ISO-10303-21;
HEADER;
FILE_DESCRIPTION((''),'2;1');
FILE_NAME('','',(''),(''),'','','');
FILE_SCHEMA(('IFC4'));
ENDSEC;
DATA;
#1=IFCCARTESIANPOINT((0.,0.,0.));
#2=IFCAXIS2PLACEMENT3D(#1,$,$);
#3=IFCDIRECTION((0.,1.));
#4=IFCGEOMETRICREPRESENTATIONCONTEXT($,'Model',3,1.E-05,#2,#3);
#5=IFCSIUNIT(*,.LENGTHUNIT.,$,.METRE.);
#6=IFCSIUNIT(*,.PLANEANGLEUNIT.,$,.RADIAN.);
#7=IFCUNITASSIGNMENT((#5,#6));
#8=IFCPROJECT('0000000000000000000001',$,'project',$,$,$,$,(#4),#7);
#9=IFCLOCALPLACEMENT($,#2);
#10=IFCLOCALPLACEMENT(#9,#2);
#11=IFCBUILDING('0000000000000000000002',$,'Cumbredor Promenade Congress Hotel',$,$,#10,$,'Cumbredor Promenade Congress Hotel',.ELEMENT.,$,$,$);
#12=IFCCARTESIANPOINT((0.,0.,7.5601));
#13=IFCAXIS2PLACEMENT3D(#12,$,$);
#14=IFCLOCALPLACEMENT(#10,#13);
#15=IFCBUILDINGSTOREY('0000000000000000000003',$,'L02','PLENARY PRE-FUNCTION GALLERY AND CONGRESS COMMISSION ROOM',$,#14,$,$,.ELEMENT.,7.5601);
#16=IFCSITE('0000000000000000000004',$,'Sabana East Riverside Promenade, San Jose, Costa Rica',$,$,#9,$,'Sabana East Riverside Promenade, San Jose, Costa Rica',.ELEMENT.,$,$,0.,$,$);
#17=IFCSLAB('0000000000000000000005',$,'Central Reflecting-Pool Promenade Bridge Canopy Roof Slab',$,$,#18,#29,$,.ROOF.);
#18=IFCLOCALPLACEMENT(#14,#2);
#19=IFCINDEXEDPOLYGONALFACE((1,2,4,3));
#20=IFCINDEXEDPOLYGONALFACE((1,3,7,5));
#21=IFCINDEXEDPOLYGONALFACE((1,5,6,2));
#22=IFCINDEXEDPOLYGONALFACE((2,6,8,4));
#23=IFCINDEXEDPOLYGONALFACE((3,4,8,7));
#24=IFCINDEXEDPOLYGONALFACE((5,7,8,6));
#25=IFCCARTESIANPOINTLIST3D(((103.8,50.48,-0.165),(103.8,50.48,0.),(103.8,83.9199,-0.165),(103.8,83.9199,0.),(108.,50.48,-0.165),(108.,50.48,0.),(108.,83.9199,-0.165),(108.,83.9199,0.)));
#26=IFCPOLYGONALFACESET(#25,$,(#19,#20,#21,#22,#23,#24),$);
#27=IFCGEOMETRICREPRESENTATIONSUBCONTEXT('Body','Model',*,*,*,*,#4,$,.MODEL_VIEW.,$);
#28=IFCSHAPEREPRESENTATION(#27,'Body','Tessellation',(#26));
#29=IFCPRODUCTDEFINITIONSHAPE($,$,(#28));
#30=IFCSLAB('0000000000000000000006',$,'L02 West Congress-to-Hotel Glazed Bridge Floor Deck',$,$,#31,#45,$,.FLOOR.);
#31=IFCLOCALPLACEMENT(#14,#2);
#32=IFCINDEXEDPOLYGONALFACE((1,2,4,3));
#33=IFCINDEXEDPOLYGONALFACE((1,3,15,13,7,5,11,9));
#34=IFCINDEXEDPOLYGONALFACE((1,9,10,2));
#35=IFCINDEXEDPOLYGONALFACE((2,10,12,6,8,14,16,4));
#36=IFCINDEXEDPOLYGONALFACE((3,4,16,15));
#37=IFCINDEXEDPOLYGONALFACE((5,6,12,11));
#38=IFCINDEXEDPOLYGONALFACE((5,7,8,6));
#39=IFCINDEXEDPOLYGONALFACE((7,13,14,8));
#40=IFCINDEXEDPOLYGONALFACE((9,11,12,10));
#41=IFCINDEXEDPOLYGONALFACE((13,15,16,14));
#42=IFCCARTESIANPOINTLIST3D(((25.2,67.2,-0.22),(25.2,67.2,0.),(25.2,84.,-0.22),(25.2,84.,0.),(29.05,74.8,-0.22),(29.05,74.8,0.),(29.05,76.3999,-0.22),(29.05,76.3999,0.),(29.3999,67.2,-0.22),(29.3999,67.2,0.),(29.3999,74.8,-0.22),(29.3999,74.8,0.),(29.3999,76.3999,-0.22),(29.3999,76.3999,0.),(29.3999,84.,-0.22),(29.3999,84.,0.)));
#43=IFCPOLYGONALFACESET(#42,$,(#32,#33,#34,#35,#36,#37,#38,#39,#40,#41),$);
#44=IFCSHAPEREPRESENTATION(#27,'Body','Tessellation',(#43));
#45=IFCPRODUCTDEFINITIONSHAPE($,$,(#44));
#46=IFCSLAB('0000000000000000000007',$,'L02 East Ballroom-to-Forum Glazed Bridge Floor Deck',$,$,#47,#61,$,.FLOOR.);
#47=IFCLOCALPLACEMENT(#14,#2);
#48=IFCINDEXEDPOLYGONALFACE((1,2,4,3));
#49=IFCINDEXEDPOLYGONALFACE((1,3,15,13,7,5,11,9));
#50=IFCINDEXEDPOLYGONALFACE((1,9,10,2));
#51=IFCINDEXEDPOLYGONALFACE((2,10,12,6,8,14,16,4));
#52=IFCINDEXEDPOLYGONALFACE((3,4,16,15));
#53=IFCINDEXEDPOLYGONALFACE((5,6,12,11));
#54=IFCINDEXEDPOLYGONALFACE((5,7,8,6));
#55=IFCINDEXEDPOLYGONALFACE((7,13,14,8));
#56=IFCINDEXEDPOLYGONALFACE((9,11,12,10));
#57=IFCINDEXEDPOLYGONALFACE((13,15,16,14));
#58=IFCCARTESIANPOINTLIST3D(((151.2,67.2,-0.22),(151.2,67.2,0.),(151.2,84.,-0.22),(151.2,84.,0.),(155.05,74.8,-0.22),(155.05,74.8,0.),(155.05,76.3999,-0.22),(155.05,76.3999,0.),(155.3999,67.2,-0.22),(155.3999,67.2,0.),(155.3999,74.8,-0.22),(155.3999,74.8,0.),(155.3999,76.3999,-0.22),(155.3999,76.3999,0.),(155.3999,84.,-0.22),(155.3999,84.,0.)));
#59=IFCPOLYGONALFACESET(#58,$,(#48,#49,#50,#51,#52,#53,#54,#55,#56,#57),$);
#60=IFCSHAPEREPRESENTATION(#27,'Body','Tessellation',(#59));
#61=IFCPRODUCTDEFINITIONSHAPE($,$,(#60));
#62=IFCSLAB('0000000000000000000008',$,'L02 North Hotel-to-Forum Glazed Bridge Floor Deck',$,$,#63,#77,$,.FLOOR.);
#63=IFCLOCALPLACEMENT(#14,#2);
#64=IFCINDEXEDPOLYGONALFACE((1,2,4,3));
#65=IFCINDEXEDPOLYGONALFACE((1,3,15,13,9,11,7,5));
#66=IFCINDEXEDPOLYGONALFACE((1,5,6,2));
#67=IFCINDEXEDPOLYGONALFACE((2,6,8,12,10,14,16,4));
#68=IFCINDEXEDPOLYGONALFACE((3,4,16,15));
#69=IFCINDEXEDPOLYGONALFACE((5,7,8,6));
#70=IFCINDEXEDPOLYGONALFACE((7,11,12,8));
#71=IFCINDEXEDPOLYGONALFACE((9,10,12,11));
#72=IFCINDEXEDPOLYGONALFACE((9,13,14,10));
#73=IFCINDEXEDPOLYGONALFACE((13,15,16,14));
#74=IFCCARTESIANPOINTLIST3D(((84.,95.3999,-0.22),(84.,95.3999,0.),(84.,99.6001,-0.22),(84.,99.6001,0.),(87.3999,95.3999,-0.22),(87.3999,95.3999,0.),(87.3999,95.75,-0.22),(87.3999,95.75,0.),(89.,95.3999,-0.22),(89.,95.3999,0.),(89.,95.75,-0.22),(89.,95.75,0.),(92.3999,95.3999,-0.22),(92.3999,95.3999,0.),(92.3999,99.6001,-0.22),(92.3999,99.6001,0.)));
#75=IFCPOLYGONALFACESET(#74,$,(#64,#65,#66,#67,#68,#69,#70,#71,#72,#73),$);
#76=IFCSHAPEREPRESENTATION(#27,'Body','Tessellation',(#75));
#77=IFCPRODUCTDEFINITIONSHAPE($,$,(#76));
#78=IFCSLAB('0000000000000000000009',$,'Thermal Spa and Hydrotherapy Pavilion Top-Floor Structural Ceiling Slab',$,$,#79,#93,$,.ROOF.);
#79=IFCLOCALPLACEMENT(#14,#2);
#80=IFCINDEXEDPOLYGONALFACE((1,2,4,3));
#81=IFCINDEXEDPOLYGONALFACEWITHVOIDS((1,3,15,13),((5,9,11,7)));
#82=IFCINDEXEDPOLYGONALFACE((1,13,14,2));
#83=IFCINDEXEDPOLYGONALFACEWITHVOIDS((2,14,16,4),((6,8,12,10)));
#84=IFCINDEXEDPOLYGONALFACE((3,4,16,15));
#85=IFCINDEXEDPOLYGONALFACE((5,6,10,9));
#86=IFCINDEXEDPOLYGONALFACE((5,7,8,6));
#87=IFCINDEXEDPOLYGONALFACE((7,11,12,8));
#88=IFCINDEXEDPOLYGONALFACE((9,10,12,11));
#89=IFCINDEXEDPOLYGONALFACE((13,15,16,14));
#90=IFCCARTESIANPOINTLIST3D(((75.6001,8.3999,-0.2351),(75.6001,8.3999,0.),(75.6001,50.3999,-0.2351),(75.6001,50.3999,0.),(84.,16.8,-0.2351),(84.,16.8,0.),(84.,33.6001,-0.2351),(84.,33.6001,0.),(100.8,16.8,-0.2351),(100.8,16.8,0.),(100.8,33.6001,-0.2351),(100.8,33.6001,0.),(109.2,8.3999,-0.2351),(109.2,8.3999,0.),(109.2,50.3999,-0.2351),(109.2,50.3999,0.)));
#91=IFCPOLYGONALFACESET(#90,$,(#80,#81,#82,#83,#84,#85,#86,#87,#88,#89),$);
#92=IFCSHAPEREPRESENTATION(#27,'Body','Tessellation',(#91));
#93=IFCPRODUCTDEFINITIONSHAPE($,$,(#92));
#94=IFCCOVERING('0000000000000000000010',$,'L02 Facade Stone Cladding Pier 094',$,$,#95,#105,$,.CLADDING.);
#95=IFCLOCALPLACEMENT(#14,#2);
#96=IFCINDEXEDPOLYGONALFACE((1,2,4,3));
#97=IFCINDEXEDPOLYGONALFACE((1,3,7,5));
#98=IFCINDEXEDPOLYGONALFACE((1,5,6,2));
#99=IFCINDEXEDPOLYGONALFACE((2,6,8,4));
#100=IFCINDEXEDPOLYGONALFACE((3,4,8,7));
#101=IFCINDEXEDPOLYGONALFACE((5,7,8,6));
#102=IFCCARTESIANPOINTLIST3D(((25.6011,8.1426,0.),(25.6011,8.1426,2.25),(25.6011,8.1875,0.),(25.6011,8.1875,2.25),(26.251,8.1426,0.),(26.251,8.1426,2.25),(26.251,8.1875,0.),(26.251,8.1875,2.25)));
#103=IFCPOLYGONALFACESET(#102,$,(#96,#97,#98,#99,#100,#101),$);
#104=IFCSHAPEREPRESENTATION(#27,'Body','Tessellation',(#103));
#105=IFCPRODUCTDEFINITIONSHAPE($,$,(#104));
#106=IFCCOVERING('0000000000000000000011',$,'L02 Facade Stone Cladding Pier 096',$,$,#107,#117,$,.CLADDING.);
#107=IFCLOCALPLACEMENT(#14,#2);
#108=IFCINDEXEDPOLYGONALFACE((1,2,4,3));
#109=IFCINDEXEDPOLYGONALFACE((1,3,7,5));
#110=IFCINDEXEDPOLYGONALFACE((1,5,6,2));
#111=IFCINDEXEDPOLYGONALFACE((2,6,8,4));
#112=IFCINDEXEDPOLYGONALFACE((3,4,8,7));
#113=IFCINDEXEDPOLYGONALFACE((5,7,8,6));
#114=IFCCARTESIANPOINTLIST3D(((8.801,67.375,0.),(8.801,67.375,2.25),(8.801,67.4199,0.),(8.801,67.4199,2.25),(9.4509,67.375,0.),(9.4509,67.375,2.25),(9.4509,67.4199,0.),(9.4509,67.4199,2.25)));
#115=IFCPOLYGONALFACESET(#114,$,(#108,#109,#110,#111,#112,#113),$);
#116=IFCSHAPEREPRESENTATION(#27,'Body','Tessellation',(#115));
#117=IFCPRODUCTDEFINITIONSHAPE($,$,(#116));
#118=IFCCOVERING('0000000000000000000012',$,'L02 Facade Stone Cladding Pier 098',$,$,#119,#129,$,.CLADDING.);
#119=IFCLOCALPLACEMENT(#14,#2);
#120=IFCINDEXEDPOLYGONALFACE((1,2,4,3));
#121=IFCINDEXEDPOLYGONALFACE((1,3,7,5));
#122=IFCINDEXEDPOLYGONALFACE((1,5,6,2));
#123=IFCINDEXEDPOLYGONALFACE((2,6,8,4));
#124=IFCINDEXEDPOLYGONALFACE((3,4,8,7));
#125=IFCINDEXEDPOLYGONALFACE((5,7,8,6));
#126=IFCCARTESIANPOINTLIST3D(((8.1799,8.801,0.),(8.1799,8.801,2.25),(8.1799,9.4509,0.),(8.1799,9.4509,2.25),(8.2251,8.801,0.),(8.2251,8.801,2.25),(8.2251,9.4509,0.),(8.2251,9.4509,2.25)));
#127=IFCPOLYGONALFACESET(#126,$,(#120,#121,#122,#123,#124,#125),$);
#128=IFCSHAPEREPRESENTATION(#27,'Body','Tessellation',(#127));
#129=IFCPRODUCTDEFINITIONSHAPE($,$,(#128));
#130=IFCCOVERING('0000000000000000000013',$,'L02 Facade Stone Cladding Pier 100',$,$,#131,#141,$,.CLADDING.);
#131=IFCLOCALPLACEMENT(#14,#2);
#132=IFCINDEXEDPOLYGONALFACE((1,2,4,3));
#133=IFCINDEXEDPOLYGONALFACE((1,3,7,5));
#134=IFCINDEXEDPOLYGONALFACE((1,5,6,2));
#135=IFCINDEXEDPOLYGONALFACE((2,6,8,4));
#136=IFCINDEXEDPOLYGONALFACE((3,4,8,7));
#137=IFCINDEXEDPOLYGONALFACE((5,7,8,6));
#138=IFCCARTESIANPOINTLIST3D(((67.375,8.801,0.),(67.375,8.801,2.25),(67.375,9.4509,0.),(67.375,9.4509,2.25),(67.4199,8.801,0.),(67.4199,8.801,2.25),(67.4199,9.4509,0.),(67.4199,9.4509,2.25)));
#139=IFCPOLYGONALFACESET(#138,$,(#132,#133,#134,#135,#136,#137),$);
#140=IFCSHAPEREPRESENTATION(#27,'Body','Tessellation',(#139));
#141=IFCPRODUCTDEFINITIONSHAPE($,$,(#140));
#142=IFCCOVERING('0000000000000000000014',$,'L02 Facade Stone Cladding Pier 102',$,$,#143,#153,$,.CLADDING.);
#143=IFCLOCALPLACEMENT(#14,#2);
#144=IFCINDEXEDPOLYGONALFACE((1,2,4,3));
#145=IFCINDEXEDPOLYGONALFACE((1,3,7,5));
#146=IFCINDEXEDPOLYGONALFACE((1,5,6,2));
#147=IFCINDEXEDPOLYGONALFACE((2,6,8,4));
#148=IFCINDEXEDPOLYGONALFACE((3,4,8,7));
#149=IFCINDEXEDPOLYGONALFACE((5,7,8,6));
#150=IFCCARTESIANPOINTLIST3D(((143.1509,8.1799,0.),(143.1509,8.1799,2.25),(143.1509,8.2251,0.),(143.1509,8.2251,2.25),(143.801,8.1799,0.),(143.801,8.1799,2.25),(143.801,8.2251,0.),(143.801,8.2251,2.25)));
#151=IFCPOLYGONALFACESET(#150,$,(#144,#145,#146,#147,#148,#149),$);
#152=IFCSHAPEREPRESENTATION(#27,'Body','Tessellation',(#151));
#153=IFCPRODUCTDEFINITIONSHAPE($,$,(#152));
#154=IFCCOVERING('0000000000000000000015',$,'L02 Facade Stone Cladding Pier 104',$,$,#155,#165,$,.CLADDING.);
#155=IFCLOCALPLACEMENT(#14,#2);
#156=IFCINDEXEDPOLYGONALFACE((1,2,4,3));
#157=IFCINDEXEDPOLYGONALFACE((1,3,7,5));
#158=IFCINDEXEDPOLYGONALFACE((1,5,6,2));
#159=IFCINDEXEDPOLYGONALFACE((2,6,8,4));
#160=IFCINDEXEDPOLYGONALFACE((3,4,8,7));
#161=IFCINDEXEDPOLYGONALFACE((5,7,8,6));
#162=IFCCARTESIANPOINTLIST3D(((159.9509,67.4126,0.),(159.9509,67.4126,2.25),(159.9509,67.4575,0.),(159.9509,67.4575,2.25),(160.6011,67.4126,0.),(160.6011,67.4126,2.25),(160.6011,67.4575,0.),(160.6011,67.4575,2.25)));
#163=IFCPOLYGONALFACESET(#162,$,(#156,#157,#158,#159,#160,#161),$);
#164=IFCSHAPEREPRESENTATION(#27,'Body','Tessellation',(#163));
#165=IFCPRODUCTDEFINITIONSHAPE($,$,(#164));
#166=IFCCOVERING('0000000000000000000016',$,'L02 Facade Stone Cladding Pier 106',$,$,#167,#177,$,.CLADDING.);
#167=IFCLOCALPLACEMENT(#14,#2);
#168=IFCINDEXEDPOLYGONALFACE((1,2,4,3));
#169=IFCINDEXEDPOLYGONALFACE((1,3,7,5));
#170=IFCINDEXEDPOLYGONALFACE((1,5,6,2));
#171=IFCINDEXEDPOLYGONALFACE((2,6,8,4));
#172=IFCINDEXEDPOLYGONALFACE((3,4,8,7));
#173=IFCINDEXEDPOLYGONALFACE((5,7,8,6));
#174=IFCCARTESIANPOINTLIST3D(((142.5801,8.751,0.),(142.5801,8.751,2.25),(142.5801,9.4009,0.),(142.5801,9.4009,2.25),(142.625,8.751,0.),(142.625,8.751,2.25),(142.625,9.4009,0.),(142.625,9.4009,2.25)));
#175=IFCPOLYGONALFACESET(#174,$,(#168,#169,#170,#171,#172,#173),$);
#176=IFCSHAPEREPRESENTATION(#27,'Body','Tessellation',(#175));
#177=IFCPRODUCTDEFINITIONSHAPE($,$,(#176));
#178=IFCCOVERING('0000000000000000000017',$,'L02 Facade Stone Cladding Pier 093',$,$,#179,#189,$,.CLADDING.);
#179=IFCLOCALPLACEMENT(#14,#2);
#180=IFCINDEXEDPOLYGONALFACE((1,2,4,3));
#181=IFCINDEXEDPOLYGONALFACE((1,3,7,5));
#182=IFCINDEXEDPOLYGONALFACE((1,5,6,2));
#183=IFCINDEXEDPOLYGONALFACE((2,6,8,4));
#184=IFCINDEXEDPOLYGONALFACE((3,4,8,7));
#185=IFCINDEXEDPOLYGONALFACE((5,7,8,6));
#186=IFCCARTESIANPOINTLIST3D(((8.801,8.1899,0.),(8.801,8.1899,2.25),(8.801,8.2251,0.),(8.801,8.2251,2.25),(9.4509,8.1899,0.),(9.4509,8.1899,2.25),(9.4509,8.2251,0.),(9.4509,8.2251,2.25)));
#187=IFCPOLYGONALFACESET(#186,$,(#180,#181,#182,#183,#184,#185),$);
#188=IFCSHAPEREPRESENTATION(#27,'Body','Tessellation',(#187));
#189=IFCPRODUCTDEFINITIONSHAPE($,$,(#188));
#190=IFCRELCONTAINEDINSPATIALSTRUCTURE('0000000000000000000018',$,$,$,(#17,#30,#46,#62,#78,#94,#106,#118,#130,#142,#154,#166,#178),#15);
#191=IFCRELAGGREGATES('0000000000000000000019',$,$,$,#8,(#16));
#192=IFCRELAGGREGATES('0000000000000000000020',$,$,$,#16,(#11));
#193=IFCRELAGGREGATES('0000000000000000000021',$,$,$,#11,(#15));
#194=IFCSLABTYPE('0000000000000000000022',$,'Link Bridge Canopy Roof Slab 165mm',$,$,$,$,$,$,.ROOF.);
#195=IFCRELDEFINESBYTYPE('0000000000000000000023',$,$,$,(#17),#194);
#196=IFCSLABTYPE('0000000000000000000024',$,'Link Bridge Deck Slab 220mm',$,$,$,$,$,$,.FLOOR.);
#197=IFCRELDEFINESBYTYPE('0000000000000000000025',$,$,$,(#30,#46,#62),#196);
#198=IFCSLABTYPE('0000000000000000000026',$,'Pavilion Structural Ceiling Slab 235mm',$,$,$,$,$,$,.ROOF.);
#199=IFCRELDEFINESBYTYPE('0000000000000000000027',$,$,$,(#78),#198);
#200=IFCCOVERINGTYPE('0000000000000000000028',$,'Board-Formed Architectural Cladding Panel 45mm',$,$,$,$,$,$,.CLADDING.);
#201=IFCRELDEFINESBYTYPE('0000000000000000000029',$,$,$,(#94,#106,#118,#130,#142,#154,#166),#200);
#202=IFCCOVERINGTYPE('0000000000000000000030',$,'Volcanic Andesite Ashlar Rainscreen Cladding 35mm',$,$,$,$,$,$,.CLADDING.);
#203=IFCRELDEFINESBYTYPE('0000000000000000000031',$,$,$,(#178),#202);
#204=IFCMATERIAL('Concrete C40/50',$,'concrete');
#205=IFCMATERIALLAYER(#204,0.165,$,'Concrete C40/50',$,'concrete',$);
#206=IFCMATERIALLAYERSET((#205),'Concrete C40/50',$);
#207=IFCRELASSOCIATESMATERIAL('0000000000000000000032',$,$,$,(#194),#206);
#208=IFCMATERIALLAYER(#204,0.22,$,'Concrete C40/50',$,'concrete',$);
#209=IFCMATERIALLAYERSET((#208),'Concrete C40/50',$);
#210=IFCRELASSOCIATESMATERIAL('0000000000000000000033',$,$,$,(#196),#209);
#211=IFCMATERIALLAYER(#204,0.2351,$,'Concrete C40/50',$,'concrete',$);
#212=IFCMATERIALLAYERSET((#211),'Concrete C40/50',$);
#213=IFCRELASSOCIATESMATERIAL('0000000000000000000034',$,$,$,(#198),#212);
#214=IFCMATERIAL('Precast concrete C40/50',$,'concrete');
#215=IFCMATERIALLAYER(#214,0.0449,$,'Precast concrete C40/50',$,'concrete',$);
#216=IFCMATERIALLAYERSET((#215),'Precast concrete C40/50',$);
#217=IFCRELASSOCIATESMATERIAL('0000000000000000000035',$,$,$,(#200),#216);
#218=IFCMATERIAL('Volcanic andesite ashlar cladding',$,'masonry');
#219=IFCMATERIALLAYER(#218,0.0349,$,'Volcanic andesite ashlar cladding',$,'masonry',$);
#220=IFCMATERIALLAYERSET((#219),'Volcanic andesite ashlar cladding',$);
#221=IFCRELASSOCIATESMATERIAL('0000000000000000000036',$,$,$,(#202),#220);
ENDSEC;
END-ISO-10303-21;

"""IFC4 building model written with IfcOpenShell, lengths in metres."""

from ifc_helpers import new_model, si_unit, direction, frame, origin, place, context, subcontext, project, spatial, polyline, outline, extrude, material, layer, layer_set, type_object, element, save


model = new_model("IFC4")

# Units and contexts
model_context = context("Model", 3, precision=1e-05, world=origin(), true_north=direction((0.0, 1.0)))
body_context = subcontext(model_context, "Body", "Model", "MODEL_VIEW")
ifc_project = project(units=[si_unit("LENGTHUNIT", "METRE"), si_unit("PLANEANGLEUNIT", "RADIAN")], contexts=[model_context])

# Site, building, storey
site_placement = place(None, origin())
site = spatial("IfcSite", under=ifc_project, at=site_placement, Name="Sabana East Riverside Promenade, San Jose, Costa Rica", LongName="Sabana East Riverside Promenade, San Jose, Costa Rica", CompositionType="ELEMENT", RefElevation=0.0)
building_placement = place(site_placement, origin())
building = spatial("IfcBuilding", under=site, at=building_placement, Name="Cumbredor Promenade Congress Hotel", LongName="Cumbredor Promenade Congress Hotel", CompositionType="ELEMENT")
storey_placement = place(building_placement, frame((0.0, 0.0, 7.5601)))
storey = spatial("IfcBuildingStorey", under=building, at=storey_placement, Name="L02", Description="PLENARY PRE-FUNCTION GALLERY AND CONGRESS COMMISSION ROOM", CompositionType="ELEMENT", Elevation=7.5601)

# Slabs
ifc_material_1 = material(Name="Concrete C40/50", Category="concrete")
ifc_layer_1 = layer(ifc_material_1, 0.165, Name="Concrete C40/50", Category="concrete")
ifc_layer_set_1 = layer_set([ifc_layer_1], Name="Concrete C40/50")
slab_type_1 = type_object("IfcSlabType", Name="Link Bridge Canopy Roof Slab 165mm", PredefinedType="ROOF", material=ifc_layer_set_1)
slab_1_placement = place(storey_placement, frame((0.0, 0.0, -0.165)))
element("IfcSlab", 1, at=slab_1_placement, inside=storey, type_object=slab_type_1, Name="Central Reflecting-Pool Promenade Bridge Canopy Roof Slab", PredefinedType="ROOF", context=body_context, shape_type="SweptSolid", body=[
    extrude(outline(polyline([(103.8, 50.48), (108.0, 50.48), (108.0, 83.9199), (103.8, 83.9199), (103.8, 50.48)])), origin(), (0.0, 0.0, 1.0), 0.165),
])
ifc_layer_2 = layer(ifc_material_1, 0.22, Name="Concrete C40/50", Category="concrete")
ifc_layer_set_2 = layer_set([ifc_layer_2], Name="Concrete C40/50")
slab_type_2 = type_object("IfcSlabType", Name="Link Bridge Deck Slab 220mm", PredefinedType="FLOOR", material=ifc_layer_set_2)
slab_2_placement = place(storey_placement, frame((0.0, 0.0, -0.22)))
element("IfcSlab", 2, at=slab_2_placement, inside=storey, type_object=slab_type_2, Name="L02 West Congress-to-Hotel Glazed Bridge Floor Deck", PredefinedType="FLOOR", context=body_context, shape_type="SweptSolid", body=[
    extrude(outline(polyline([(25.2, 67.2), (29.3999, 67.2), (29.3999, 74.8), (29.05, 74.8), (29.05, 76.3999), (29.3999, 76.3999), (29.3999, 84.0), (25.2, 84.0), (25.2, 67.2)])), origin(), (0.0, 0.0, 1.0), 0.22),
])
slab_3_placement = place(storey_placement, frame((0.0, 0.0, -0.22)))
element("IfcSlab", 3, at=slab_3_placement, inside=storey, type_object=slab_type_2, Name="L02 East Ballroom-to-Forum Glazed Bridge Floor Deck", PredefinedType="FLOOR", context=body_context, shape_type="SweptSolid", body=[
    extrude(outline(polyline([(151.2, 67.2), (155.3999, 67.2), (155.3999, 74.8), (155.05, 74.8), (155.05, 76.3999), (155.3999, 76.3999), (155.3999, 84.0), (151.2, 84.0), (151.2, 67.2)])), origin(), (0.0, 0.0, 1.0), 0.22),
])
slab_4_placement = place(storey_placement, frame((0.0, 0.0, -0.22)))
element("IfcSlab", 4, at=slab_4_placement, inside=storey, type_object=slab_type_2, Name="L02 North Hotel-to-Forum Glazed Bridge Floor Deck", PredefinedType="FLOOR", context=body_context, shape_type="SweptSolid", body=[
    extrude(outline(polyline([(84.0, 95.3999), (87.3999, 95.3999), (87.3999, 95.75), (89.0, 95.75), (89.0, 95.3999), (92.3999, 95.3999), (92.3999, 99.6001), (84.0, 99.6001), (84.0, 95.3999)])), origin(), (0.0, 0.0, 1.0), 0.22),
])
ifc_layer_3 = layer(ifc_material_1, 0.2351, Name="Concrete C40/50", Category="concrete")
ifc_layer_set_3 = layer_set([ifc_layer_3], Name="Concrete C40/50")
slab_type_3 = type_object("IfcSlabType", Name="Pavilion Structural Ceiling Slab 235mm", PredefinedType="ROOF", material=ifc_layer_set_3)
slab_5_placement = place(storey_placement, frame((0.0, 0.0, -0.2351)))
element("IfcSlab", 5, at=slab_5_placement, inside=storey, type_object=slab_type_3, Name="Thermal Spa and Hydrotherapy Pavilion Top-Floor Structural Ceiling Slab", PredefinedType="ROOF", context=body_context, shape_type="SweptSolid", body=[
    extrude(outline(polyline([(75.6001, 8.3999), (109.2, 8.3999), (109.2, 50.3999), (75.6001, 50.3999), (75.6001, 8.3999)]), holes=[polyline([(84.0, 16.8), (100.8, 16.8), (100.8, 33.6001), (84.0, 33.6001), (84.0, 16.8)])]), origin(), (0.0, 0.0, 1.0), 0.2351),
])

# Coverings
ifc_material_2 = material(Name="Precast concrete C40/50", Category="concrete")
ifc_layer_4 = layer(ifc_material_2, 0.0449, Name="Precast concrete C40/50", Category="concrete")
ifc_layer_set_4 = layer_set([ifc_layer_4], Name="Precast concrete C40/50")
covering_type_1 = type_object("IfcCoveringType", Name="Board-Formed Architectural Cladding Panel 45mm", PredefinedType="CLADDING", material=ifc_layer_set_4)
covering_1_placement = place(storey_placement, origin())
element("IfcCovering", 6, at=covering_1_placement, inside=storey, type_object=covering_type_1, Name="L02 Facade Stone Cladding Pier 094", PredefinedType="CLADDING", context=body_context, shape_type="SweptSolid", body=[
    extrude(outline(polyline([(25.6011, 8.1875), (26.251, 8.1875), (26.251, 8.1426), (25.6011, 8.1426), (25.6011, 8.1875)])), origin(), (0.0, 0.0, 1.0), 2.25),
])
covering_2_placement = place(storey_placement, origin())
element("IfcCovering", 7, at=covering_2_placement, inside=storey, type_object=covering_type_1, Name="L02 Facade Stone Cladding Pier 096", PredefinedType="CLADDING", context=body_context, shape_type="SweptSolid", body=[
    extrude(outline(polyline([(8.801, 67.375), (9.4509, 67.375), (9.4509, 67.4199), (8.801, 67.4199), (8.801, 67.375)])), origin(), (0.0, 0.0, 1.0), 2.25),
])
covering_3_placement = place(storey_placement, origin())
element("IfcCovering", 8, at=covering_3_placement, inside=storey, type_object=covering_type_1, Name="L02 Facade Stone Cladding Pier 098", PredefinedType="CLADDING", context=body_context, shape_type="SweptSolid", body=[
    extrude(outline(polyline([(8.2251, 8.801), (8.2251, 9.4509), (8.1799, 9.4509), (8.1799, 8.801), (8.2251, 8.801)])), origin(), (0.0, 0.0, 1.0), 2.25),
])
covering_4_placement = place(storey_placement, origin())
element("IfcCovering", 9, at=covering_4_placement, inside=storey, type_object=covering_type_1, Name="L02 Facade Stone Cladding Pier 100", PredefinedType="CLADDING", context=body_context, shape_type="SweptSolid", body=[
    extrude(outline(polyline([(67.375, 8.801), (67.375, 9.4509), (67.4199, 9.4509), (67.4199, 8.801), (67.375, 8.801)])), origin(), (0.0, 0.0, 1.0), 2.25),
])
covering_5_placement = place(storey_placement, origin())
element("IfcCovering", 10, at=covering_5_placement, inside=storey, type_object=covering_type_1, Name="L02 Facade Stone Cladding Pier 102", PredefinedType="CLADDING", context=body_context, shape_type="SweptSolid", body=[
    extrude(outline(polyline([(143.1509, 8.2251), (143.801, 8.2251), (143.801, 8.1799), (143.1509, 8.1799), (143.1509, 8.2251)])), origin(), (0.0, 0.0, 1.0), 2.25),
])
covering_6_placement = place(storey_placement, origin())
element("IfcCovering", 11, at=covering_6_placement, inside=storey, type_object=covering_type_1, Name="L02 Facade Stone Cladding Pier 104", PredefinedType="CLADDING", context=body_context, shape_type="SweptSolid", body=[
    extrude(outline(polyline([(159.9509, 67.4126), (160.6011, 67.4126), (160.6011, 67.4575), (159.9509, 67.4575), (159.9509, 67.4126)])), origin(), (0.0, 0.0, 1.0), 2.25),
])
covering_7_placement = place(storey_placement, origin())
element("IfcCovering", 12, at=covering_7_placement, inside=storey, type_object=covering_type_1, Name="L02 Facade Stone Cladding Pier 106", PredefinedType="CLADDING", context=body_context, shape_type="SweptSolid", body=[
    extrude(outline(polyline([(142.625, 8.751), (142.625, 9.4009), (142.5801, 9.4009), (142.5801, 8.751), (142.625, 8.751)])), origin(), (0.0, 0.0, 1.0), 2.25),
])
ifc_material_3 = material(Name="Volcanic andesite ashlar cladding", Category="masonry")
ifc_layer_5 = layer(ifc_material_3, 0.0349, Name="Volcanic andesite ashlar cladding", Category="masonry")
ifc_layer_set_5 = layer_set([ifc_layer_5], Name="Volcanic andesite ashlar cladding")
covering_type_2 = type_object("IfcCoveringType", Name="Volcanic Andesite Ashlar Rainscreen Cladding 35mm", PredefinedType="CLADDING", material=ifc_layer_set_5)
covering_8_placement = place(storey_placement, origin())
element("IfcCovering", 13, at=covering_8_placement, inside=storey, type_object=covering_type_2, Name="L02 Facade Stone Cladding Pier 093", PredefinedType="CLADDING", context=body_context, shape_type="SweptSolid", body=[
    extrude(outline(polyline([(8.801, 8.2251), (9.4509, 8.2251), (9.4509, 8.1899), (8.801, 8.1899), (8.801, 8.2251)])), origin(), (0.0, 0.0, 1.0), 2.25),
])

save(model, "model.ifc")
